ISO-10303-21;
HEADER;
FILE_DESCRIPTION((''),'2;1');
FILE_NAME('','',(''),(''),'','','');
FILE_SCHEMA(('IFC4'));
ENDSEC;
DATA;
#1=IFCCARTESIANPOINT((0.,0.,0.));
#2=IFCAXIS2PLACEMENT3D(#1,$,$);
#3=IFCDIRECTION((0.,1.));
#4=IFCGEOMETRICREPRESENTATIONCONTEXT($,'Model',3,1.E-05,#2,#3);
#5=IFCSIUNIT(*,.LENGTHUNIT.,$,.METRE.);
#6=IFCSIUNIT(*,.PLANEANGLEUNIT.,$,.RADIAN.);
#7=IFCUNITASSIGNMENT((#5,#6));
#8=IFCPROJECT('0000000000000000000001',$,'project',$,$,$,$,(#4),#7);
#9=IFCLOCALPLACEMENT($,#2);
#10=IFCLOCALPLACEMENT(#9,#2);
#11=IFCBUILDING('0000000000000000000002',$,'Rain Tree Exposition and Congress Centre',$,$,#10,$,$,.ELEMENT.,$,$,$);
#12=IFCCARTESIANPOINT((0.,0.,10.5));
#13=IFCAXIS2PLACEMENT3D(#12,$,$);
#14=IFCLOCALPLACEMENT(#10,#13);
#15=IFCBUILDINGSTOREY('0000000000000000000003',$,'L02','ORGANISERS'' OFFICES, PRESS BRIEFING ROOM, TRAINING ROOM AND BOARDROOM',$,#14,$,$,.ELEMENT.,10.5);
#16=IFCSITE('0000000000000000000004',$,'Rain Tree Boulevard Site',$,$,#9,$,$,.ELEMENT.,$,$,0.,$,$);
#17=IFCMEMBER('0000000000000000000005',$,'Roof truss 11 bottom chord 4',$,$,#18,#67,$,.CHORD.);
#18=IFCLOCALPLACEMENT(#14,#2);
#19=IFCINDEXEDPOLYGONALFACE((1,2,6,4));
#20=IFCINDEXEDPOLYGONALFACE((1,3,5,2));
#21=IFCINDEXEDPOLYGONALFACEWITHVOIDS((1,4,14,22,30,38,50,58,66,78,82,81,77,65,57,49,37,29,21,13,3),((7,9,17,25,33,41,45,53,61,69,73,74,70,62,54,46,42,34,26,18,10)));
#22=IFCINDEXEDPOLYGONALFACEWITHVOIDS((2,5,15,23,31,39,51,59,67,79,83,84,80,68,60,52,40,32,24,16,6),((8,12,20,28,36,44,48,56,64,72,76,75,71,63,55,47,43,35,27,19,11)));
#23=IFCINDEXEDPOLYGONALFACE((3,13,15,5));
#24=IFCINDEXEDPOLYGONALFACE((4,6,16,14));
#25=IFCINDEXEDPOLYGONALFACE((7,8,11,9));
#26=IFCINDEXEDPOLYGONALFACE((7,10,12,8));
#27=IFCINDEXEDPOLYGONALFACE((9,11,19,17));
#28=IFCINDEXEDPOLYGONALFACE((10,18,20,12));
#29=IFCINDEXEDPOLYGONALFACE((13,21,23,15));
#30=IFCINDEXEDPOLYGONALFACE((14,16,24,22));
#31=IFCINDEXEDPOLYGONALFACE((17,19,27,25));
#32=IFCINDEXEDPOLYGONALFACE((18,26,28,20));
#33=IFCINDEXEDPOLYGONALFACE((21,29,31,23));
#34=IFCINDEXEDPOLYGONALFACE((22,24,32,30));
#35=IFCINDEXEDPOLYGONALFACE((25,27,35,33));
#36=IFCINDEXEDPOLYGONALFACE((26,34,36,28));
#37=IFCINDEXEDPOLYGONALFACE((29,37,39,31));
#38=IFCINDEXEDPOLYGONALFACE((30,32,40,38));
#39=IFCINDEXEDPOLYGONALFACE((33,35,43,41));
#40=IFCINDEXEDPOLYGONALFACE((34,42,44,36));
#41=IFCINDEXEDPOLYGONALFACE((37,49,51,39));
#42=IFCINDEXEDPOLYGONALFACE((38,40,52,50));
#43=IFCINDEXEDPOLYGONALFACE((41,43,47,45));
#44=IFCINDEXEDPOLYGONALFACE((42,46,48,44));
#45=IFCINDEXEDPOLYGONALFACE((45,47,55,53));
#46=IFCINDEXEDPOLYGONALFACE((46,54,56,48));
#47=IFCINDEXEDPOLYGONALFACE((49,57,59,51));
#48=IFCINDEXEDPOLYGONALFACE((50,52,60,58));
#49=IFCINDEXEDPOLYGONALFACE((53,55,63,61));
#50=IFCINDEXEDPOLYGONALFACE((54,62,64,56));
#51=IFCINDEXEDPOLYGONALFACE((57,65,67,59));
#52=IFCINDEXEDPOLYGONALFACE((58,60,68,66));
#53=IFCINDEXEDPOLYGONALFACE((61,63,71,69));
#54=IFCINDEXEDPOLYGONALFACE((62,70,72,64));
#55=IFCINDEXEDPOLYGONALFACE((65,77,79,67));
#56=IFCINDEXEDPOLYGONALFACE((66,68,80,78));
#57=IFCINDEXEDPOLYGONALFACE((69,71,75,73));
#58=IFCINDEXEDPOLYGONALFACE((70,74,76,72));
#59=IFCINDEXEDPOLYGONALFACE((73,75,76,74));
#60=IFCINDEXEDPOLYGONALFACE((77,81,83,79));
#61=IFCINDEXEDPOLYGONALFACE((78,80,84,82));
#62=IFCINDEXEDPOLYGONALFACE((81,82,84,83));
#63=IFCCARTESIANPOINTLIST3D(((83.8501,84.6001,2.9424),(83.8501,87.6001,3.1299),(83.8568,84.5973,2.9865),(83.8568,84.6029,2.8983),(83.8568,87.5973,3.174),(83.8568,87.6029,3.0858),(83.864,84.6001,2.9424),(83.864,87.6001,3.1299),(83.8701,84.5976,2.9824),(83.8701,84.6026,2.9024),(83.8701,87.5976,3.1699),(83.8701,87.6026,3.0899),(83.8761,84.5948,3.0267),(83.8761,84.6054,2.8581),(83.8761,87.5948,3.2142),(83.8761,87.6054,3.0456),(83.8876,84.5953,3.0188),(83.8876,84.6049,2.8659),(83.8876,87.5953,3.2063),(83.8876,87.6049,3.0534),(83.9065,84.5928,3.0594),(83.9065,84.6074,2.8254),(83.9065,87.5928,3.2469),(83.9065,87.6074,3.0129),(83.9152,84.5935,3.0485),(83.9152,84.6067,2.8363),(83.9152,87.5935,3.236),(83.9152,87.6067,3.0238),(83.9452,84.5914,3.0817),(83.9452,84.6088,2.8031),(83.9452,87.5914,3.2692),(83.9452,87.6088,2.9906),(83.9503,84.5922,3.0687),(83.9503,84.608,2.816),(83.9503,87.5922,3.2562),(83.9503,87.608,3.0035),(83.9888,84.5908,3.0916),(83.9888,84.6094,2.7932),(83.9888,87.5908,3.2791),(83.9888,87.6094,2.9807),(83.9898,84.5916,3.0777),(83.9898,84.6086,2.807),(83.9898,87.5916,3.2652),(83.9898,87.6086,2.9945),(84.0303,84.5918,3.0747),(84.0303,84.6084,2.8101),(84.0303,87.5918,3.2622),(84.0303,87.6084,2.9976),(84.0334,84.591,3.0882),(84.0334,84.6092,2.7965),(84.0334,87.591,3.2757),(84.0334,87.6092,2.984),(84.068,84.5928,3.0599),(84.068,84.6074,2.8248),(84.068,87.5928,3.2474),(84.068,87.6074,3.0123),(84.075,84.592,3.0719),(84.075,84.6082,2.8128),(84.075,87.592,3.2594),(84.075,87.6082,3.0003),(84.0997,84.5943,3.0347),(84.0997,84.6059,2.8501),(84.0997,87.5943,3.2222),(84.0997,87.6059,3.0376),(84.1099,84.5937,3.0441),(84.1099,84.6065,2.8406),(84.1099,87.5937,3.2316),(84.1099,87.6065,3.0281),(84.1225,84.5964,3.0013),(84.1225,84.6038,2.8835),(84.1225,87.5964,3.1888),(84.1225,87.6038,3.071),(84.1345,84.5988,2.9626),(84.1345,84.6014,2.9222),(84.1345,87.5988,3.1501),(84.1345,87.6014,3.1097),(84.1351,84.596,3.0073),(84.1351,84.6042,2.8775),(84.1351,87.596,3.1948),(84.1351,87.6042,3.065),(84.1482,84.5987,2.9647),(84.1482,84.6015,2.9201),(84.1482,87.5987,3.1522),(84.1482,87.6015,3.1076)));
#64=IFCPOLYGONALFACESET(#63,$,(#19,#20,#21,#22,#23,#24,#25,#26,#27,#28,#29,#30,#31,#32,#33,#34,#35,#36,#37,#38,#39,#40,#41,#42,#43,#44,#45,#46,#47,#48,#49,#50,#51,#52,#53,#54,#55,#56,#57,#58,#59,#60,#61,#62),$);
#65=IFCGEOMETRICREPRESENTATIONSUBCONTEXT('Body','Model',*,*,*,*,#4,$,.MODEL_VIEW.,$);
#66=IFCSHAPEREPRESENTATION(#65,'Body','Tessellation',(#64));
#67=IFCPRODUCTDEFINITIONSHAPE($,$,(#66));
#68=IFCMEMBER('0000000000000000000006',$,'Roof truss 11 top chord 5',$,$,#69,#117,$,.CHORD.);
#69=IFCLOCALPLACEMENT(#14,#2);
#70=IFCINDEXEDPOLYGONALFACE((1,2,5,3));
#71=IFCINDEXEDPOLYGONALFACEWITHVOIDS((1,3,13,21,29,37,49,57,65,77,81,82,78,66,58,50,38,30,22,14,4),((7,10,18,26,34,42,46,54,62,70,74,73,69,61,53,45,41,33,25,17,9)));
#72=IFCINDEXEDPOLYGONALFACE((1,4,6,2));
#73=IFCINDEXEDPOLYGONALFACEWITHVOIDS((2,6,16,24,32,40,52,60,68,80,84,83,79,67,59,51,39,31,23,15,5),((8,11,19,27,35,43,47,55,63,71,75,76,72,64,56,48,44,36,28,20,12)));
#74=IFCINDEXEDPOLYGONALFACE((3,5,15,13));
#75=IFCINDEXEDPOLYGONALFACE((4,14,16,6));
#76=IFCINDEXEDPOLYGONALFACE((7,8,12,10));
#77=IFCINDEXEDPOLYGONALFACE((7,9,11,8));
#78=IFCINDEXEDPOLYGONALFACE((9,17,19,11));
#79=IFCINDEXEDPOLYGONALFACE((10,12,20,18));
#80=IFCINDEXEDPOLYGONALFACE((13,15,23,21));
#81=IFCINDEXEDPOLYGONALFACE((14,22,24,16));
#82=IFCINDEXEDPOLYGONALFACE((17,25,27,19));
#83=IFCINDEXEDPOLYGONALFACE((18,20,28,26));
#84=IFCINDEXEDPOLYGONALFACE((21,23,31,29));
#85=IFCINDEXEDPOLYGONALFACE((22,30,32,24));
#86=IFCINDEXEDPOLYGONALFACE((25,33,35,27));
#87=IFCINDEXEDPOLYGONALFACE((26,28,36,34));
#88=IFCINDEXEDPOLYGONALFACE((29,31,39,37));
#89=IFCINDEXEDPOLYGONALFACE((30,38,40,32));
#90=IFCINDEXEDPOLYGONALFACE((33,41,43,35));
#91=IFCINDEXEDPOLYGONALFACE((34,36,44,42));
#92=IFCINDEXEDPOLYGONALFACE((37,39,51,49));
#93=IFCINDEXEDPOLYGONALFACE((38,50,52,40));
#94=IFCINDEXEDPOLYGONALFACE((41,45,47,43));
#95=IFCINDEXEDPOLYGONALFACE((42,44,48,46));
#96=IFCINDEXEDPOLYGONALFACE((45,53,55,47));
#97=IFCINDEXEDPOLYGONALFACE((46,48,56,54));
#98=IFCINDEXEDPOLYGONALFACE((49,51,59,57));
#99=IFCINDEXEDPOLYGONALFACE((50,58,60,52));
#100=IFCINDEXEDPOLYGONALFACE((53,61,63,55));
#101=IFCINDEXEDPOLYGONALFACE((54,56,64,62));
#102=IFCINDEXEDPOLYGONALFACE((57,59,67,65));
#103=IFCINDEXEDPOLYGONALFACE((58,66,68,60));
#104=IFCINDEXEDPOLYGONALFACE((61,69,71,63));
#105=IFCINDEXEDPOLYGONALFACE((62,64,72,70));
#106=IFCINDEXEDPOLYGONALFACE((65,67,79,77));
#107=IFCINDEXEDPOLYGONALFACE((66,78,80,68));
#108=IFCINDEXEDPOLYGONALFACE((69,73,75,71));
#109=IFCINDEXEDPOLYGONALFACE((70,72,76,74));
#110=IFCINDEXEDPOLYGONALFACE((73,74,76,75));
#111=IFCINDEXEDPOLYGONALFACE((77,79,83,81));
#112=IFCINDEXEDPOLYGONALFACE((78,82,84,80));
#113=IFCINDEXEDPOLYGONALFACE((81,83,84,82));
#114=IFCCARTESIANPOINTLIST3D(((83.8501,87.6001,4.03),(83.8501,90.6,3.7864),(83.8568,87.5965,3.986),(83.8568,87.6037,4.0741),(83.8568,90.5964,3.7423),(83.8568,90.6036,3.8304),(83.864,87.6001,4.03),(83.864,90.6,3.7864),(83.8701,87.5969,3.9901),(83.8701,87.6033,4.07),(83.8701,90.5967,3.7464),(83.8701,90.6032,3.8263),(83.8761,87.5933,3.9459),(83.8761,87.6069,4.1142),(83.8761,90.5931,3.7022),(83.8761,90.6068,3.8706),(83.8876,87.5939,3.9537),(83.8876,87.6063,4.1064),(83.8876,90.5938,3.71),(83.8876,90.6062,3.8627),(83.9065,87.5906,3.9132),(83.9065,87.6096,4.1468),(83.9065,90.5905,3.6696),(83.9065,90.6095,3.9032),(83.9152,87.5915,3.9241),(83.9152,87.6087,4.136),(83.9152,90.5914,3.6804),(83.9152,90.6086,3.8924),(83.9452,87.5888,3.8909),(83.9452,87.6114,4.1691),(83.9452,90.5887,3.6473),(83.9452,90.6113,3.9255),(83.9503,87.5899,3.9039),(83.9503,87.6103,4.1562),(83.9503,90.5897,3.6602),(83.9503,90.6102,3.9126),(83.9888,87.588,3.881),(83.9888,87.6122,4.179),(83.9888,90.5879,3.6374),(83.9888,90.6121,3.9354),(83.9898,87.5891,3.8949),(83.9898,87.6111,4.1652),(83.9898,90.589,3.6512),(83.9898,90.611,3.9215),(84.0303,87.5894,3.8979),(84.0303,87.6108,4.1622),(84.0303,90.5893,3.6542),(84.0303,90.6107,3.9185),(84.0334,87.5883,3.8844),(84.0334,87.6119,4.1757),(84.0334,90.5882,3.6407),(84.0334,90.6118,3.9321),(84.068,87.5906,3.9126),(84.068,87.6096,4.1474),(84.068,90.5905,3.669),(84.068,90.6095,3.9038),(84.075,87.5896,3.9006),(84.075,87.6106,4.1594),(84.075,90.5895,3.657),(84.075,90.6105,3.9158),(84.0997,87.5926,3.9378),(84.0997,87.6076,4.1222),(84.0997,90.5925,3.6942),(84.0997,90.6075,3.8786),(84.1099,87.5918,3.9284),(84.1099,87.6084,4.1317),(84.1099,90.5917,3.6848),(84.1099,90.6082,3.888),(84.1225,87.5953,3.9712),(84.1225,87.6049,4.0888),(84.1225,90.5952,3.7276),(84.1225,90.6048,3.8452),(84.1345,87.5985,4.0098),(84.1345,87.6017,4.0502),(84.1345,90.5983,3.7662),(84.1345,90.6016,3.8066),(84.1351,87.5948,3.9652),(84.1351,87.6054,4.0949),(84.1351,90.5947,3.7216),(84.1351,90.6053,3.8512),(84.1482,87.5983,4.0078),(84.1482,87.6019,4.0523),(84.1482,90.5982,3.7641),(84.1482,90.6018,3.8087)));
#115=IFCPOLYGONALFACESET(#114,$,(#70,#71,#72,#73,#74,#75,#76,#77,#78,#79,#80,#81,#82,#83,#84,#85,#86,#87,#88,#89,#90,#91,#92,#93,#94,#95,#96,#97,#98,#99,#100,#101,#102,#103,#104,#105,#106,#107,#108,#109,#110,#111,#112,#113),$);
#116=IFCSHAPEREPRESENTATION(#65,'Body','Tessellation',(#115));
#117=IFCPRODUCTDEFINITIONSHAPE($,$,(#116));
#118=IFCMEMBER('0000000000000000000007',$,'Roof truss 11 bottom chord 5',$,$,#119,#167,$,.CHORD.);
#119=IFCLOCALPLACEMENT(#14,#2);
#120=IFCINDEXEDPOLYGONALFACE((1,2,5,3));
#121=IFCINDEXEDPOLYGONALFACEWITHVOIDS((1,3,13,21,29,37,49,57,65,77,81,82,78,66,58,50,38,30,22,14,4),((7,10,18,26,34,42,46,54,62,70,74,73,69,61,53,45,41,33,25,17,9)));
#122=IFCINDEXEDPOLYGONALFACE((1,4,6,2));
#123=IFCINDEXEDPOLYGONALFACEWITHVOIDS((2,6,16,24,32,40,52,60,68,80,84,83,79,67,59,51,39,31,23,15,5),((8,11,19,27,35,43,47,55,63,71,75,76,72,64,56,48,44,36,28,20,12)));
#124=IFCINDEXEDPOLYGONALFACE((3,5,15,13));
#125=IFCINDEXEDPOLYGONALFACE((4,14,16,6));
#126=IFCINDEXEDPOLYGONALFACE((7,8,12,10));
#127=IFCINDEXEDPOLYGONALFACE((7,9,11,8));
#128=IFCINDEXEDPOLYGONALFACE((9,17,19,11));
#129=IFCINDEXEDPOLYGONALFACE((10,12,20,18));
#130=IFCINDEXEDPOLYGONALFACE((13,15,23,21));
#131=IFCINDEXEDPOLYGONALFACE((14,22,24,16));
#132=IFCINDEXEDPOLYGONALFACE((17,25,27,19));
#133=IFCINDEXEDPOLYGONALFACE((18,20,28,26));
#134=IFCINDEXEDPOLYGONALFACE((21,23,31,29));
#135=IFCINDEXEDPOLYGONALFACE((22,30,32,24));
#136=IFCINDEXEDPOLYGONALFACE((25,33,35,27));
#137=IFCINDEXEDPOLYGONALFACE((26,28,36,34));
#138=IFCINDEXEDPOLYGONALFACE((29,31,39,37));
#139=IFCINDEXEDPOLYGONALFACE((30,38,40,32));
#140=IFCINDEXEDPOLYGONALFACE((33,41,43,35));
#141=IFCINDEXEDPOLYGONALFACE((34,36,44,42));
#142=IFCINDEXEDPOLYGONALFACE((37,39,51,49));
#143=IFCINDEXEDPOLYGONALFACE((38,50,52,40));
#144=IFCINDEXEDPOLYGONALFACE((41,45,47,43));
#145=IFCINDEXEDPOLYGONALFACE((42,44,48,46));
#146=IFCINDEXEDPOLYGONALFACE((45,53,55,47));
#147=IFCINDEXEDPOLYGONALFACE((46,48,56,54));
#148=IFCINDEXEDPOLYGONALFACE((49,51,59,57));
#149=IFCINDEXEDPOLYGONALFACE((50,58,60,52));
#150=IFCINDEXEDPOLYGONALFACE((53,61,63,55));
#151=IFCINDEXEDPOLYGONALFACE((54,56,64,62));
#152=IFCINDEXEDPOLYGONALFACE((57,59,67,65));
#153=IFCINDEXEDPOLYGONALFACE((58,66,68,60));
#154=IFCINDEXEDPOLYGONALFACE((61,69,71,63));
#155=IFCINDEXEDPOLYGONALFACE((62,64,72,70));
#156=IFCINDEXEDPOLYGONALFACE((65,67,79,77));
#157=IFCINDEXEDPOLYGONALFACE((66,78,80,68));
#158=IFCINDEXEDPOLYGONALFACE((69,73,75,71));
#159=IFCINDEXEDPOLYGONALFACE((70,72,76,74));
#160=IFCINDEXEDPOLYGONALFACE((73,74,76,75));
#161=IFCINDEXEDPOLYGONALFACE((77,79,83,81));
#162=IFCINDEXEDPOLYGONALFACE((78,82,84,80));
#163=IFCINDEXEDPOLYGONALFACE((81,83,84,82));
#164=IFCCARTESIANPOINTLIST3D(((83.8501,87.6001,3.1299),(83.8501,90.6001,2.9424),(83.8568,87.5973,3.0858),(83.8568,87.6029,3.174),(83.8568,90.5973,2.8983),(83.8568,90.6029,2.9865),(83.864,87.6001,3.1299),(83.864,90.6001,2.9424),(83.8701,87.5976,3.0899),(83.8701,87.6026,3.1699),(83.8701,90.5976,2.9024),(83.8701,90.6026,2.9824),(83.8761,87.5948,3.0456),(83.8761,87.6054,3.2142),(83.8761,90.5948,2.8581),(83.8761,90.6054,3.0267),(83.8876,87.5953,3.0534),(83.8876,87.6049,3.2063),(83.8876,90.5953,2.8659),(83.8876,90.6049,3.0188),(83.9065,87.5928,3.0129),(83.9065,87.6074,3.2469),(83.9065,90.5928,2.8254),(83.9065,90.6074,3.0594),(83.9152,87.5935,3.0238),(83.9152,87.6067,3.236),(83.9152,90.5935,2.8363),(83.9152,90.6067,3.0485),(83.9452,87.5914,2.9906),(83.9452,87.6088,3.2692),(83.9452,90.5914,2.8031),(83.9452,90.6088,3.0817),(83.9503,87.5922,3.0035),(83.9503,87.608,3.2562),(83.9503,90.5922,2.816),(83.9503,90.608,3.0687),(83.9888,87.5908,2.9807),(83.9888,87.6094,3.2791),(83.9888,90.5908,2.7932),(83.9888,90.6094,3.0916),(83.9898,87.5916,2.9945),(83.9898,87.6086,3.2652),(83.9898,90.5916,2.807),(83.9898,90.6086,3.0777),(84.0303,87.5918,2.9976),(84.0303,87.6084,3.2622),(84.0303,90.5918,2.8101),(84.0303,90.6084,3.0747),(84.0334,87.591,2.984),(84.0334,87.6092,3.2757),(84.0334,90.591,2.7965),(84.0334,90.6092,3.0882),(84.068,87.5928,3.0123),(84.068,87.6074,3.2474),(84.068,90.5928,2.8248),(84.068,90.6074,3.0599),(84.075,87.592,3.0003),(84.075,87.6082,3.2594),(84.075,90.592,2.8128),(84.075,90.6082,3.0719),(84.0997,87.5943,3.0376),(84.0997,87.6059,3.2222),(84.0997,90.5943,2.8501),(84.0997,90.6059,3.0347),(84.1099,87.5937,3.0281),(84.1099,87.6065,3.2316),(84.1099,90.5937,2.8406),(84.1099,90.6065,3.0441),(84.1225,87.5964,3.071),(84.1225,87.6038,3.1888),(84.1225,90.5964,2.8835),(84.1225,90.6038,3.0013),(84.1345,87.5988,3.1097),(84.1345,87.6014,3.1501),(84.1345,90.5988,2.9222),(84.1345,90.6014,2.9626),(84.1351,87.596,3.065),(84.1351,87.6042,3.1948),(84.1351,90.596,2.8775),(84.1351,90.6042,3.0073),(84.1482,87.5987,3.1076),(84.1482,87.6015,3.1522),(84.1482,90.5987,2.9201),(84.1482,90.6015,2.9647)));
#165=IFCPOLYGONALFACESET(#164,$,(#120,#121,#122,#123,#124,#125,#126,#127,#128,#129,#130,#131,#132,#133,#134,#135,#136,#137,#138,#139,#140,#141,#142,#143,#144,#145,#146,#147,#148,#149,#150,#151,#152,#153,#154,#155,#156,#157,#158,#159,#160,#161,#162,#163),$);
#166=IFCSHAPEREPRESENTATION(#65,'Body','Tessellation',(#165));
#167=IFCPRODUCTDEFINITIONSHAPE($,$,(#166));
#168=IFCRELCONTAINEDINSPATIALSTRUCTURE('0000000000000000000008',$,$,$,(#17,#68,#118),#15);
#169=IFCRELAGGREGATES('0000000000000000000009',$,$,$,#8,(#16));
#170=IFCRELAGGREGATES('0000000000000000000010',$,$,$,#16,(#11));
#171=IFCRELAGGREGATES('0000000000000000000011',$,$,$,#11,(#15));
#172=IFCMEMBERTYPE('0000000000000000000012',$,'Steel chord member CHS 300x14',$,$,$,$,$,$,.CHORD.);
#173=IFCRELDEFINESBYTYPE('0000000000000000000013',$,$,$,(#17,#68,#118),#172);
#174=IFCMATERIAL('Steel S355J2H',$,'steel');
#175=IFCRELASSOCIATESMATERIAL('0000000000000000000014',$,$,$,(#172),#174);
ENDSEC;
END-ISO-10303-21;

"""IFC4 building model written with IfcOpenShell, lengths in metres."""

from ifc_helpers import new_model, si_unit, direction, frame, origin, origin_2d, place, context, subcontext, project, spatial, hollow_circle, extrude, material, material_profile, profile_set, type_object, element, save


model = new_model("IFC4")

# Units and contexts
model_context = context("Model", 3, precision=1e-05, world=origin(), true_north=direction((0.0, 1.0)))
body_context = subcontext(model_context, "Body", "Model", "MODEL_VIEW")
ifc_project = project(units=[si_unit("LENGTHUNIT", "METRE"), si_unit("PLANEANGLEUNIT", "RADIAN")], contexts=[model_context])

# Site, building, storey
site_placement = place(None, origin())
site = spatial("IfcSite", under=ifc_project, at=site_placement, Name="Rain Tree Boulevard Site", CompositionType="ELEMENT", RefElevation=0.0)
building_placement = place(site_placement, origin())
building = spatial("IfcBuilding", under=site, at=building_placement, Name="Rain Tree Exposition and Congress Centre", CompositionType="ELEMENT")
storey_placement = place(building_placement, frame((0.0, 0.0, 10.5)))
storey = spatial("IfcBuildingStorey", under=building, at=storey_placement, Name="L02", Description="ORGANISERS' OFFICES, PRESS BRIEFING ROOM, TRAINING ROOM AND BOARDROOM", CompositionType="ELEMENT", Elevation=10.5)

# Members
ifc_material_1 = material(Name="Steel S355J2H", Category="steel")
ifc_material_profile_1 = material_profile(ifc_material_1, hollow_circle(Radius=0.1499, WallThickness=0.0139, at=origin_2d()), Name="CHS 300x14")
ifc_profile_set_1 = profile_set([ifc_material_profile_1], Name="Steel S355J2H")
member_type_1 = type_object("IfcMemberType", Name="Steel chord member CHS 300x14", PredefinedType="CHORD", material=ifc_profile_set_1)
member_1_placement = place(storey_placement, frame((84.0, 84.6001, 2.9424), z_axis=(0.0, 0.998053, 0.062378), x_axis=(-1.0, 0.0, 0.0)))
element("IfcMember", 1, at=member_1_placement, inside=storey, type_object=member_type_1, Name="Roof truss 11 bottom chord 4", PredefinedType="CHORD", context=body_context, shape_type="SweptSolid", body=[
    extrude(hollow_circle(Radius=0.1499, WallThickness=0.0139, at=origin_2d()), origin(), (0.0, 0.0, 1.0), 3.0059),
])
member_2_placement = place(storey_placement, frame((84.0, 87.6001, 4.03), z_axis=(0.0, 0.996718, -0.080951), x_axis=(-1.0, 0.0, 0.0)))
element("IfcMember", 2, at=member_2_placement, inside=storey, type_object=member_type_1, Name="Roof truss 11 top chord 5", PredefinedType="CHORD", context=body_context, shape_type="SweptSolid", body=[
    extrude(hollow_circle(Radius=0.1499, WallThickness=0.0139, at=origin_2d()), origin(), (0.0, 0.0, 1.0), 3.0098),
])
member_3_placement = place(storey_placement, frame((84.0, 87.6001, 3.1299), z_axis=(0.0, 0.998053, -0.062378), x_axis=(-1.0, 0.0, 0.0)))
element("IfcMember", 3, at=member_3_placement, inside=storey, type_object=member_type_1, Name="Roof truss 11 bottom chord 5", PredefinedType="CHORD", context=body_context, shape_type="SweptSolid", body=[
    extrude(hollow_circle(Radius=0.1499, WallThickness=0.0139, at=origin_2d()), origin(), (0.0, 0.0, 1.0), 3.0059),
])

save(model, "model.ifc")
